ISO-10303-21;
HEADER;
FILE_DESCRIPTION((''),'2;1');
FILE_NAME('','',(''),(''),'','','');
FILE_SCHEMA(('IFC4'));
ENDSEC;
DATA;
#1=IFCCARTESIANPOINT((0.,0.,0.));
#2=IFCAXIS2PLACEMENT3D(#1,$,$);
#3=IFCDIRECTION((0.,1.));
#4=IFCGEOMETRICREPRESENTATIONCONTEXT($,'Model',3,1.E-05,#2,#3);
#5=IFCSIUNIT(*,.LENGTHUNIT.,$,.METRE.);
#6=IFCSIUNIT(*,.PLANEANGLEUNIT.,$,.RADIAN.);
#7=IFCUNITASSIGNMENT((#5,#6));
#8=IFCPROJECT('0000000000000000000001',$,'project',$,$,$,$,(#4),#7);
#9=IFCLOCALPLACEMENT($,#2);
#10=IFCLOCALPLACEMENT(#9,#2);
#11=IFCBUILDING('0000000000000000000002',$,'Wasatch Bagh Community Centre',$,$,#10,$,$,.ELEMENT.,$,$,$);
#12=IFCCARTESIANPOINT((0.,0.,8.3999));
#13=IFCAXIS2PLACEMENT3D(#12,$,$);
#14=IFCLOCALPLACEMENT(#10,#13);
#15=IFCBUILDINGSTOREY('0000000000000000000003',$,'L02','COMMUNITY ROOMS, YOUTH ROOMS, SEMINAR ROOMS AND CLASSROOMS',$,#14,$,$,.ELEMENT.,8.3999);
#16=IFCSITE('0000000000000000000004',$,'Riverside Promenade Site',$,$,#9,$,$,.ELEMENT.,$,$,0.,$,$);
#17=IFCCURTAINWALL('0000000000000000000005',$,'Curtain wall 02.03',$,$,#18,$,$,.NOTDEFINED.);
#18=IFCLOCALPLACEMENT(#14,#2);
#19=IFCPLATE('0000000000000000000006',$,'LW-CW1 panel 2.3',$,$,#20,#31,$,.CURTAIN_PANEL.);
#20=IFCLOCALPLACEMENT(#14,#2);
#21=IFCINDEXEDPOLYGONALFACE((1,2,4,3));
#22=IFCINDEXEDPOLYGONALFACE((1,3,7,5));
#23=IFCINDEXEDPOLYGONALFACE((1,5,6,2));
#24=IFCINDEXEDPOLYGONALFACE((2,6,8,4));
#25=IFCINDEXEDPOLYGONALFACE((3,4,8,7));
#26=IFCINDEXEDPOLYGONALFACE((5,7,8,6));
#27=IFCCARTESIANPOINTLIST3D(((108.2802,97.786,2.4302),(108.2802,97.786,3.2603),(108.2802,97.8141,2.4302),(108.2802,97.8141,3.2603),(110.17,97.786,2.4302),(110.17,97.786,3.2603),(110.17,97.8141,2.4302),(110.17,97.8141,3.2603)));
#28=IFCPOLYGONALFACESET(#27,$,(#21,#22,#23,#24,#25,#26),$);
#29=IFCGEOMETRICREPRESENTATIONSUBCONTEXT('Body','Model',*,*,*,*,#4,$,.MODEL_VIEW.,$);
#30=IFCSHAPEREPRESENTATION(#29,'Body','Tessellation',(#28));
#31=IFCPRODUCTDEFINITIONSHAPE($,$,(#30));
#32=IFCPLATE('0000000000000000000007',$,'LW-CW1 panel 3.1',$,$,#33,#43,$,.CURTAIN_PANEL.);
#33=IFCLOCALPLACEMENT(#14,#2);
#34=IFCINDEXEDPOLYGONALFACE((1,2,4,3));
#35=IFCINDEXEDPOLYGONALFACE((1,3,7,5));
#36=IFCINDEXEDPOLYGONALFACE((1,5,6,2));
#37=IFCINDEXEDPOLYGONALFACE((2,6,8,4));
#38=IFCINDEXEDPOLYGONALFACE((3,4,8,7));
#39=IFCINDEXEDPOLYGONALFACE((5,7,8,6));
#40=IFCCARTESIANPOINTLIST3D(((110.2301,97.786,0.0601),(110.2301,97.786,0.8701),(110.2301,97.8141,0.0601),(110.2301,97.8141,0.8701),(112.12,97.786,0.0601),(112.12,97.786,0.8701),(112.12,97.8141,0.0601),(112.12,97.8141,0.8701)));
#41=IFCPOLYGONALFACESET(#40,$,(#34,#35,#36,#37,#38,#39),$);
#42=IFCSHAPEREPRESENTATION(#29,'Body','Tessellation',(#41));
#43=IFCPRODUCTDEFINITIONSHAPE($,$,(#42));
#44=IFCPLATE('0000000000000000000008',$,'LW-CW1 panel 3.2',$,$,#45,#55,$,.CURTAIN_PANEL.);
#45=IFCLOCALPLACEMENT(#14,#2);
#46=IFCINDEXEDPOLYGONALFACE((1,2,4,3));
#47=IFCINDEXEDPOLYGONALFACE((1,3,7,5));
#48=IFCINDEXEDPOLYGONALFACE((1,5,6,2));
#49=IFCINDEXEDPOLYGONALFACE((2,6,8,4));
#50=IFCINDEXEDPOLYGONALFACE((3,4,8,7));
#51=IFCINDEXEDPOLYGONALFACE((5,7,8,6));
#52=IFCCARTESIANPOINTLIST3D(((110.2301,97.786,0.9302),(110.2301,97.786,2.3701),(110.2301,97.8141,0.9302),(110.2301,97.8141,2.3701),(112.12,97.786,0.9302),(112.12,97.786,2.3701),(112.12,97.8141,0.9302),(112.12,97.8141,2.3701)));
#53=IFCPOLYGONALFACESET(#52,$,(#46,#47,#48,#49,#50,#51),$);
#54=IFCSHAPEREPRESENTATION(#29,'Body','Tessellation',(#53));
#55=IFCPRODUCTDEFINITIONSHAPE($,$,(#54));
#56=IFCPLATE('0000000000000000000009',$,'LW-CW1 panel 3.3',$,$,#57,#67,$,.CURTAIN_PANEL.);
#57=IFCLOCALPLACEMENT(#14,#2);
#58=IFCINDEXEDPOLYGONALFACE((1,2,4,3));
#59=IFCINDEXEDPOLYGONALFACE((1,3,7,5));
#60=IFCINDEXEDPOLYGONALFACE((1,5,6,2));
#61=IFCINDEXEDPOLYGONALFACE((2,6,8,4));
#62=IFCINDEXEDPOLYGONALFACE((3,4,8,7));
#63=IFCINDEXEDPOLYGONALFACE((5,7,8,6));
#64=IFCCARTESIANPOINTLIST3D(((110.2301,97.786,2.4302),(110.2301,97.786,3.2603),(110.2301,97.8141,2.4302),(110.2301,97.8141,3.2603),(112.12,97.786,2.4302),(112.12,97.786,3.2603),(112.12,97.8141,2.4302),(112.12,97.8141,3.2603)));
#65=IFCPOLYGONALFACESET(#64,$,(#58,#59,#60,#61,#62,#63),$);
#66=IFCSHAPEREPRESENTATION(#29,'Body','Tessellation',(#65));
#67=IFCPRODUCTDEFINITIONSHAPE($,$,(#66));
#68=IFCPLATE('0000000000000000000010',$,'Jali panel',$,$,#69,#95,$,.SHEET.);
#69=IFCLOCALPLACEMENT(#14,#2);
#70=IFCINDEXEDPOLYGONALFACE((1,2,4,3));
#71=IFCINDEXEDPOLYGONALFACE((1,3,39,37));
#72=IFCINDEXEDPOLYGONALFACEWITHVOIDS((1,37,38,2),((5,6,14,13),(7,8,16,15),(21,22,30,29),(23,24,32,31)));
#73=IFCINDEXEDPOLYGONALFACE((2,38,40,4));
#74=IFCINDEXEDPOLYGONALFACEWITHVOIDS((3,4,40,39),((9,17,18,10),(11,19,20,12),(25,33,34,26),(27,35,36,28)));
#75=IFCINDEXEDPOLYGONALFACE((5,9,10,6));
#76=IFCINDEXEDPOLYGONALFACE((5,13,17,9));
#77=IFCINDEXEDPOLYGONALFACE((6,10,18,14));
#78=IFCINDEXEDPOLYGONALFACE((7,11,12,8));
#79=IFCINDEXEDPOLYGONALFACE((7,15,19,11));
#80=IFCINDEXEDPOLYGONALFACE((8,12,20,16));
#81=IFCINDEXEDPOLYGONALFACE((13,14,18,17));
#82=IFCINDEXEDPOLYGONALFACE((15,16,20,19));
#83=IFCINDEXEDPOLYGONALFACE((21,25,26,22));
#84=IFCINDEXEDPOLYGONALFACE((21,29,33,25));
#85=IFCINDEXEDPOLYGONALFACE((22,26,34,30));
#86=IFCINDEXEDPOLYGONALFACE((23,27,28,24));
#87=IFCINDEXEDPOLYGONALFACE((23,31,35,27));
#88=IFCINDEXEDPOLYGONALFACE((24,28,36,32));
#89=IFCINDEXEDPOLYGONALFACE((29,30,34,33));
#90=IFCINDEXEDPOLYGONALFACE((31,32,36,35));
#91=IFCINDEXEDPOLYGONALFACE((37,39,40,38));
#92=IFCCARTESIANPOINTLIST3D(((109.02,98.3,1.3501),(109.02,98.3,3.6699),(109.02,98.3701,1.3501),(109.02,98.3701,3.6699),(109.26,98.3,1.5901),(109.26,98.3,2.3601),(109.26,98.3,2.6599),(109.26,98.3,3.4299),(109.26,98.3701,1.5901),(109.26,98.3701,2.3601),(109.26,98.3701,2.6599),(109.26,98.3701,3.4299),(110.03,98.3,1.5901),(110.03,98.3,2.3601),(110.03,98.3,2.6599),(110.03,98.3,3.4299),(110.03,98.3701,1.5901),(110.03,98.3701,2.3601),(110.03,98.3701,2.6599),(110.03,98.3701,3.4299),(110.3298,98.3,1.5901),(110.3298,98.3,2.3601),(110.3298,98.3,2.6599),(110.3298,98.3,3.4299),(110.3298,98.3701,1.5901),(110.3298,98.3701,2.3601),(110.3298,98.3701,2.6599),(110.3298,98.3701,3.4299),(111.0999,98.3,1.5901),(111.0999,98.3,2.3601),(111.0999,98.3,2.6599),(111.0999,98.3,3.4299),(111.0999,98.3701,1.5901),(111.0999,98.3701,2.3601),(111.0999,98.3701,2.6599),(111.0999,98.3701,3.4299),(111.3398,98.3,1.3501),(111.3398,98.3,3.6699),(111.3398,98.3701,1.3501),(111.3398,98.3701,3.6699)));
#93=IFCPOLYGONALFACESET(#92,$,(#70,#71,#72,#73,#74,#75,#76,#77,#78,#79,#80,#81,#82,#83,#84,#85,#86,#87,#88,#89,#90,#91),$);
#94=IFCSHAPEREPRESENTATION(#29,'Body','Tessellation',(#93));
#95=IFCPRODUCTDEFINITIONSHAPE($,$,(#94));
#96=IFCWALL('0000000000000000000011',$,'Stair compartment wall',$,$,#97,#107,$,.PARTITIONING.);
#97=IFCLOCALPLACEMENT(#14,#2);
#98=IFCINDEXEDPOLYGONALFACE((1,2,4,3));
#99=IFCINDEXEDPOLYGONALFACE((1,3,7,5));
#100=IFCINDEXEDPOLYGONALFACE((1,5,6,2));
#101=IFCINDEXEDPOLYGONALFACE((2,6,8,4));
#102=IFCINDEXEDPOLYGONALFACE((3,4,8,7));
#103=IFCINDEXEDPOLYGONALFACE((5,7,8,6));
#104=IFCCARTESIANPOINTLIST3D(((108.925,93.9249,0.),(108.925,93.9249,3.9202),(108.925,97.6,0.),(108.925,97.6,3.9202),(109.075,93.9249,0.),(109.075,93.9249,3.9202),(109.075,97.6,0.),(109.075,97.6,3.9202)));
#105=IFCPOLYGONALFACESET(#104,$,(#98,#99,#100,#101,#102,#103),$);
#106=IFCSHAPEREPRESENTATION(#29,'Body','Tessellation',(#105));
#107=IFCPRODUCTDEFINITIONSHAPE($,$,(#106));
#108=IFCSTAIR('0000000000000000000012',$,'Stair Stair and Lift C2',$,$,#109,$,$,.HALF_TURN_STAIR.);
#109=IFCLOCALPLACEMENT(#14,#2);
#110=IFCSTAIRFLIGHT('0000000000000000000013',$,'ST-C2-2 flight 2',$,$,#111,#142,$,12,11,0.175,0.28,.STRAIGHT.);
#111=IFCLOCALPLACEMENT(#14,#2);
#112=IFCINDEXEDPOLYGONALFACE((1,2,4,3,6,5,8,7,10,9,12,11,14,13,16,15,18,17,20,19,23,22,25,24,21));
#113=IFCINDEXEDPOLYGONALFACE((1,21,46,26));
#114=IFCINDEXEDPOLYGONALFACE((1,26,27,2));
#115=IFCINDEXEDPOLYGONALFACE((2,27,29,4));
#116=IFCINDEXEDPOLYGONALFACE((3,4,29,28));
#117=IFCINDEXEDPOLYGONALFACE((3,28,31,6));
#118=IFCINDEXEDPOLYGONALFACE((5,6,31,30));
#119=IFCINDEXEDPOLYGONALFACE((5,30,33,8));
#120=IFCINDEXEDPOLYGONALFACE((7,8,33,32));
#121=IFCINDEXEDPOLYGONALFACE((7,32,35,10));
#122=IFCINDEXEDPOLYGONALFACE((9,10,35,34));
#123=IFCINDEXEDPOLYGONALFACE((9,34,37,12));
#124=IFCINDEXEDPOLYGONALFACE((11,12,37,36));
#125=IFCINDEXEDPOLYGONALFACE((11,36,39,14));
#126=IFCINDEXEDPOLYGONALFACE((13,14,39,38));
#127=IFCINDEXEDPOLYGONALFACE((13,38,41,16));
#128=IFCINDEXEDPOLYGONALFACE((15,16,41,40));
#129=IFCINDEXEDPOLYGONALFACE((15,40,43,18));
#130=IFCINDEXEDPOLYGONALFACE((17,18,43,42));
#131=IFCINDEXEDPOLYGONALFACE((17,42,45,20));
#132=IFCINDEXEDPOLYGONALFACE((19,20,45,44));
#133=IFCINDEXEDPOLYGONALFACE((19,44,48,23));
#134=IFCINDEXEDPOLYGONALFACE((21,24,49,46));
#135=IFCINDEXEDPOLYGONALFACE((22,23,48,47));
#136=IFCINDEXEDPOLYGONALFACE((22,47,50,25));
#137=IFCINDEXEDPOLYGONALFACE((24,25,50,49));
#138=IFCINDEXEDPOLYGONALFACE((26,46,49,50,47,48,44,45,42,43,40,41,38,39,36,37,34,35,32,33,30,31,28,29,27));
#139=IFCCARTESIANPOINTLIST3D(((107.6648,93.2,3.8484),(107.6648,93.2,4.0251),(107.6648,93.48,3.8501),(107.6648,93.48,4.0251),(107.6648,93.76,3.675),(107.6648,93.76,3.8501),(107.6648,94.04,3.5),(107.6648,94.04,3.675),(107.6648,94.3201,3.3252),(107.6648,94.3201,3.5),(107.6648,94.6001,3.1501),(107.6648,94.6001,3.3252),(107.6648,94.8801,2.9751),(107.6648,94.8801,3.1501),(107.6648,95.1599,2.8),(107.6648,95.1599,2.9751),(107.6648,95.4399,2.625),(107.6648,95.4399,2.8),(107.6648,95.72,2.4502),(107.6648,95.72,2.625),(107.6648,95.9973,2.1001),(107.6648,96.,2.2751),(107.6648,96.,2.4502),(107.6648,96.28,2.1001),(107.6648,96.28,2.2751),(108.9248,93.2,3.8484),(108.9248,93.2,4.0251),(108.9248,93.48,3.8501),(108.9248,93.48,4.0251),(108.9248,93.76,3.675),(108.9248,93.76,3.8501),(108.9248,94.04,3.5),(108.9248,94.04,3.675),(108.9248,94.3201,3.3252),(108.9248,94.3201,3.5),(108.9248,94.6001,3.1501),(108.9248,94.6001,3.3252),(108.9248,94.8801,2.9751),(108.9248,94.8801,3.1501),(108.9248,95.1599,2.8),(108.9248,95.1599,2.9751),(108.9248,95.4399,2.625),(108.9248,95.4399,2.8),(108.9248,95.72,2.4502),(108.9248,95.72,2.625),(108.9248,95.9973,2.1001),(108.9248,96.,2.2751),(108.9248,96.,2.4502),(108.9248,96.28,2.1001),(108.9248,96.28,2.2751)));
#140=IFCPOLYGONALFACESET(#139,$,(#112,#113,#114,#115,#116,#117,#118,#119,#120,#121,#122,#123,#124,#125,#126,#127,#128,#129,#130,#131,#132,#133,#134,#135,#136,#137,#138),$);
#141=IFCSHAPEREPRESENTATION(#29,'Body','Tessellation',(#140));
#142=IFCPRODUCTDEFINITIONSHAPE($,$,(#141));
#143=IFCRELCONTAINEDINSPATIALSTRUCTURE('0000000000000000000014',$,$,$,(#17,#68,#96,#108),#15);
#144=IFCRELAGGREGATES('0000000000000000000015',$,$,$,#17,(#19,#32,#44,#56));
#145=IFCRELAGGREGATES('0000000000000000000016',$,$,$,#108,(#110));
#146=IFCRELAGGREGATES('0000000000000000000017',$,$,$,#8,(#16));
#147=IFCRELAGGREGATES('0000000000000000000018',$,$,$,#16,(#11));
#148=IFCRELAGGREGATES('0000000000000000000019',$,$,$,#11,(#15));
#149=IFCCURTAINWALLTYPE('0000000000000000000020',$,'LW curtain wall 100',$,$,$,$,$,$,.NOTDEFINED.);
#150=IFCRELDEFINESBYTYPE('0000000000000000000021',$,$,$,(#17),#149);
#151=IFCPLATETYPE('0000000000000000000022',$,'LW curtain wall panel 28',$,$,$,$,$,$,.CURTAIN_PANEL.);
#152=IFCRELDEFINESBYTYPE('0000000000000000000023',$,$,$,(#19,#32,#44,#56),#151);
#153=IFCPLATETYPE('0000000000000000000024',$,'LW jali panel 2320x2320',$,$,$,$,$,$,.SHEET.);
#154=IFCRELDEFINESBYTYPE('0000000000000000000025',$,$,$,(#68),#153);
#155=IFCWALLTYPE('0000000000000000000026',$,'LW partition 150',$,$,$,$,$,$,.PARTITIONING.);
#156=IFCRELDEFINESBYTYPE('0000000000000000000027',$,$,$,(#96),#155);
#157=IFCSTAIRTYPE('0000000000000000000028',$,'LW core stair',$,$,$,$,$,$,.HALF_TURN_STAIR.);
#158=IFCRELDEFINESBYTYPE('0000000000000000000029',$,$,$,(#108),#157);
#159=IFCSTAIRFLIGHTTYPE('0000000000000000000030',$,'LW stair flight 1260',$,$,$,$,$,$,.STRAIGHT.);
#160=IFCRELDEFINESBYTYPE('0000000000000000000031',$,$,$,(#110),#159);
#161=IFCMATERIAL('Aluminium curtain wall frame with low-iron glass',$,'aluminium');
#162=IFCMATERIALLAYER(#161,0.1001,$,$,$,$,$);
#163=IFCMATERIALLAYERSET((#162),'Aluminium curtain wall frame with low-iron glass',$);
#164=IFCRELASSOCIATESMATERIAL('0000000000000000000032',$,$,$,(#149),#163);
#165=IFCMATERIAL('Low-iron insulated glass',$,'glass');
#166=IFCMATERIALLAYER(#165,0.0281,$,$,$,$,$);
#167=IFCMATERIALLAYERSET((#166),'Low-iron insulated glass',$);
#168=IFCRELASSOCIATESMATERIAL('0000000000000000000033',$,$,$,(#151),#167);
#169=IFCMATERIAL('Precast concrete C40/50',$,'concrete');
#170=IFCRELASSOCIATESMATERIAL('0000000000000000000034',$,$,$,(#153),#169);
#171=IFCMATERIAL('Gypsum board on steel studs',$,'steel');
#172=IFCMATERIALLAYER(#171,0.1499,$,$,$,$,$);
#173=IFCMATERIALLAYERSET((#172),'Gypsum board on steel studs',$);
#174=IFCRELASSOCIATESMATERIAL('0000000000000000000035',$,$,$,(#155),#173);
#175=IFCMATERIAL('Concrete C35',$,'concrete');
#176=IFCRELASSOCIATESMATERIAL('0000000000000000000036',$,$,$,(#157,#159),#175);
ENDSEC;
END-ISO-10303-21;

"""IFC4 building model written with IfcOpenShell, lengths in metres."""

from ifc_helpers import new_model, si_unit, direction, frame, frame_2d, origin, origin_2d, place, context, subcontext, project, spatial, polyline, rectangle, outline, extrude, material, layer, layer_set, material_profile, profile_set, type_object, element, aggregate, save


model = new_model("IFC4")

# Units and contexts
model_context = context("Model", 3, precision=1e-05, world=origin(), true_north=direction((0.0, 1.0)))
body_context = subcontext(model_context, "Body", "Model", "MODEL_VIEW")
ifc_project = project(units=[si_unit("LENGTHUNIT", "METRE"), si_unit("PLANEANGLEUNIT", "RADIAN")], contexts=[model_context])

# Site, building, storey
site_placement = place(None, origin())
site = spatial("IfcSite", under=ifc_project, at=site_placement, Name="Riverside Promenade Site", CompositionType="ELEMENT", RefElevation=0.0)
building_placement = place(site_placement, origin())
building = spatial("IfcBuilding", under=site, at=building_placement, Name="Wasatch Bagh Community Centre", CompositionType="ELEMENT")
storey_placement = place(building_placement, frame((0.0, 0.0, 8.3999)))
storey = spatial("IfcBuildingStorey", under=building, at=storey_placement, Name="L02", Description="COMMUNITY ROOMS, YOUTH ROOMS, SEMINAR ROOMS AND CLASSROOMS", CompositionType="ELEMENT", Elevation=8.3999)

# Curtain wall, plates
ifc_material_1 = material(Name="Aluminium curtain wall frame with low-iron glass", Category="aluminium")
ifc_layer_1 = layer(ifc_material_1, 0.1001)
ifc_layer_set_1 = layer_set([ifc_layer_1], Name="Aluminium curtain wall frame with low-iron glass")
curtain_wall_type = type_object("IfcCurtainWallType", Name="LW curtain wall 100", PredefinedType="NOTDEFINED", material=ifc_layer_set_1)
curtain_wall_placement = place(storey_placement, origin())
curtain_wall = element("IfcCurtainWall", 1, at=curtain_wall_placement, inside=storey, type_object=curtain_wall_type, Name="Curtain wall 02.03", PredefinedType="NOTDEFINED")
ifc_material_2 = material(Name="Low-iron insulated glass", Category="glass")
ifc_layer_2 = layer(ifc_material_2, 0.0281)
ifc_layer_set_2 = layer_set([ifc_layer_2], Name="Low-iron insulated glass")
plate_type_1 = type_object("IfcPlateType", Name="LW curtain wall panel 28", PredefinedType="CURTAIN_PANEL", material=ifc_layer_set_2)
plate_1_placement = place(storey_placement, frame((109.2251, 97.8, 2.4302), z_axis=(0.0, 0.0, 1.0), x_axis=(1.0, 0.0, 0.0)))
plate_1 = element("IfcPlate", 2, at=plate_1_placement, type_object=plate_type_1, Name="LW-CW1 panel 2.3", PredefinedType="CURTAIN_PANEL", context=body_context, shape_type="SweptSolid", body=[
    extrude(rectangle(XDim=1.8899, YDim=0.0281, at=origin_2d()), origin(), (0.0, 0.0, 1.0), 0.8301),
])
plate_2_placement = place(storey_placement, frame((111.175, 97.8, 0.0601), z_axis=(0.0, 0.0, 1.0), x_axis=(1.0, 0.0, 0.0)))
plate_2 = element("IfcPlate", 3, at=plate_2_placement, type_object=plate_type_1, Name="LW-CW1 panel 3.1", PredefinedType="CURTAIN_PANEL", context=body_context, shape_type="SweptSolid", body=[
    extrude(rectangle(XDim=1.8899, YDim=0.0281, at=origin_2d()), origin(), (0.0, 0.0, 1.0), 0.8101),
])
plate_3_placement = place(storey_placement, frame((111.175, 97.8, 0.9302), z_axis=(0.0, 0.0, 1.0), x_axis=(1.0, 0.0, 0.0)))
plate_3 = element("IfcPlate", 4, at=plate_3_placement, type_object=plate_type_1, Name="LW-CW1 panel 3.2", PredefinedType="CURTAIN_PANEL", context=body_context, shape_type="SweptSolid", body=[
    extrude(rectangle(XDim=1.8899, YDim=0.0281, at=origin_2d()), origin(), (0.0, 0.0, 1.0), 1.4399),
])
plate_4_placement = place(storey_placement, frame((111.175, 97.8, 2.4302), z_axis=(0.0, 0.0, 1.0), x_axis=(1.0, 0.0, 0.0)))
plate_4 = element("IfcPlate", 5, at=plate_4_placement, type_object=plate_type_1, Name="LW-CW1 panel 3.3", PredefinedType="CURTAIN_PANEL", context=body_context, shape_type="SweptSolid", body=[
    extrude(rectangle(XDim=1.8899, YDim=0.0281, at=origin_2d()), origin(), (0.0, 0.0, 1.0), 0.8301),
])
aggregate(curtain_wall, [plate_1, plate_2, plate_3, plate_4])

# Plate
ifc_material_3 = material(Name="Precast concrete C40/50", Category="concrete")
ifc_material_profile_1 = material_profile(ifc_material_3, outline(polyline([(-1.1599, -1.1599), (1.1599, -1.1599), (1.1599, 1.1599), (-1.1599, 1.1599), (-1.1599, -1.1599)]), holes=[polyline([(-0.9199, -0.9199), (-0.1499, -0.9199), (-0.1499, -0.1499), (-0.9199, -0.1499), (-0.9199, -0.9199)]), polyline([(-0.9199, 0.1499), (-0.1499, 0.1499), (-0.1499, 0.9199), (-0.9199, 0.9199), (-0.9199, 0.1499)]), polyline([(0.1499, -0.9199), (0.9199, -0.9199), (0.9199, -0.1499), (0.1499, -0.1499), (0.1499, -0.9199)]), polyline([(0.1499, 0.1499), (0.9199, 0.1499), (0.9199, 0.9199), (0.1499, 0.9199), (0.1499, 0.1499)])]), Name="Jali lattice")
ifc_profile_set_1 = profile_set([ifc_material_profile_1], Name="Precast concrete C40/50")
plate_type_2 = type_object("IfcPlateType", Name="LW jali panel 2320x2320", PredefinedType="SHEET", material=ifc_profile_set_1)
plate_5_placement = place(storey_placement, frame((110.1799, 98.3, 2.51), z_axis=(0.0, 1.0, 0.0), x_axis=(-1.0, 0.0, 0.0)))
element("IfcPlate", 6, at=plate_5_placement, inside=storey, type_object=plate_type_2, Name="Jali panel", PredefinedType="SHEET", context=body_context, shape_type="SweptSolid", body=[
    extrude(outline(polyline([(-1.1599, -1.1599), (1.1599, -1.1599), (1.1599, 1.1599), (-1.1599, 1.1599), (-1.1599, -1.1599)]), holes=[polyline([(-0.9199, -0.9199), (-0.1499, -0.9199), (-0.1499, -0.1499), (-0.9199, -0.1499), (-0.9199, -0.9199)]), polyline([(-0.9199, 0.1499), (-0.1499, 0.1499), (-0.1499, 0.9199), (-0.9199, 0.9199), (-0.9199, 0.1499)]), polyline([(0.1499, -0.9199), (0.9199, -0.9199), (0.9199, -0.1499), (0.1499, -0.1499), (0.1499, -0.9199)]), polyline([(0.1499, 0.1499), (0.9199, 0.1499), (0.9199, 0.9199), (0.1499, 0.9199), (0.1499, 0.1499)])]), origin(), (0.0, 0.0, 1.0), 0.0701),
])

# Wall
ifc_material_4 = material(Name="Gypsum board on steel studs", Category="steel")
ifc_layer_3 = layer(ifc_material_4, 0.1499)
ifc_layer_set_3 = layer_set([ifc_layer_3], Name="Gypsum board on steel studs")
wall_type = type_object("IfcWallType", Name="LW partition 150", PredefinedType="PARTITIONING", material=ifc_layer_set_3)
wall_placement = place(storey_placement, frame((109.0, 93.925, 0.0), z_axis=(0.0, 0.0, 1.0), x_axis=(0.0, 1.0, 0.0)))
element("IfcWall", 7, at=wall_placement, inside=storey, type_object=wall_type, Name="Stair compartment wall", PredefinedType="PARTITIONING", context=body_context, shape_type="SweptSolid", body=[
    extrude(rectangle(XDim=3.675, YDim=0.1499, at=frame_2d((1.8374, 0.0))), origin(), (0.0, 0.0, 1.0), 3.9202),
])

# Stair, stair flight
ifc_material_5 = material(Name="Concrete C35", Category="concrete")
stair_type = type_object("IfcStairType", Name="LW core stair", PredefinedType="HALF_TURN_STAIR", material=ifc_material_5)
stair_placement = place(storey_placement, origin())
stair = element("IfcStair", 8, at=stair_placement, inside=storey, type_object=stair_type, Name="Stair Stair and Lift C2", PredefinedType="HALF_TURN_STAIR")
stair_flight_type = type_object("IfcStairFlightType", Name="LW stair flight 1260", PredefinedType="STRAIGHT", material=ifc_material_5)
stair_flight_placement = place(storey_placement, frame((108.2949, 96.28, 2.1001), z_axis=(0.0, 0.0, 1.0), x_axis=(0.0, -1.0, 0.0)))
stair_flight = element("IfcStairFlight", 9, at=stair_flight_placement, type_object=stair_flight_type, Name="ST-C2-2 flight 2", NumberOfRisers=12, NumberOfTreads=11, PredefinedType="STRAIGHT", RiserHeight=0.175, TreadLength=0.28, context=body_context, shape_type="SweptSolid", body=[
    extrude(outline(polyline([(0.0, 0.0), (0.0, 0.175), (0.28, 0.175), (0.28, 0.3501), (0.5601, 0.3501), (0.5601, 0.5249), (0.8401, 0.5249), (0.8401, 0.7), (1.1201, 0.7), (1.1201, 0.875), (1.3999, 0.875), (1.3999, 1.05), (1.6799, 1.05), (1.6799, 1.2251), (1.96, 1.2251), (1.96, 1.3999), (2.24, 1.3999), (2.24, 1.575), (2.52, 1.575), (2.52, 1.75), (2.8, 1.75), (2.8, 1.925), (3.0801, 1.925), (3.0801, 2.1001), (3.0801, 1.7483), (0.2827, 0.0), (0.0, 0.0)])), frame((0.0, 0.6299, 0.0), z_axis=(0.0, -1.0, 0.0), x_axis=(1.0, 0.0, 0.0)), (0.0, 0.0, 1.0), 1.26),
])
aggregate(stair, [stair_flight])

save(model, "model.ifc")
